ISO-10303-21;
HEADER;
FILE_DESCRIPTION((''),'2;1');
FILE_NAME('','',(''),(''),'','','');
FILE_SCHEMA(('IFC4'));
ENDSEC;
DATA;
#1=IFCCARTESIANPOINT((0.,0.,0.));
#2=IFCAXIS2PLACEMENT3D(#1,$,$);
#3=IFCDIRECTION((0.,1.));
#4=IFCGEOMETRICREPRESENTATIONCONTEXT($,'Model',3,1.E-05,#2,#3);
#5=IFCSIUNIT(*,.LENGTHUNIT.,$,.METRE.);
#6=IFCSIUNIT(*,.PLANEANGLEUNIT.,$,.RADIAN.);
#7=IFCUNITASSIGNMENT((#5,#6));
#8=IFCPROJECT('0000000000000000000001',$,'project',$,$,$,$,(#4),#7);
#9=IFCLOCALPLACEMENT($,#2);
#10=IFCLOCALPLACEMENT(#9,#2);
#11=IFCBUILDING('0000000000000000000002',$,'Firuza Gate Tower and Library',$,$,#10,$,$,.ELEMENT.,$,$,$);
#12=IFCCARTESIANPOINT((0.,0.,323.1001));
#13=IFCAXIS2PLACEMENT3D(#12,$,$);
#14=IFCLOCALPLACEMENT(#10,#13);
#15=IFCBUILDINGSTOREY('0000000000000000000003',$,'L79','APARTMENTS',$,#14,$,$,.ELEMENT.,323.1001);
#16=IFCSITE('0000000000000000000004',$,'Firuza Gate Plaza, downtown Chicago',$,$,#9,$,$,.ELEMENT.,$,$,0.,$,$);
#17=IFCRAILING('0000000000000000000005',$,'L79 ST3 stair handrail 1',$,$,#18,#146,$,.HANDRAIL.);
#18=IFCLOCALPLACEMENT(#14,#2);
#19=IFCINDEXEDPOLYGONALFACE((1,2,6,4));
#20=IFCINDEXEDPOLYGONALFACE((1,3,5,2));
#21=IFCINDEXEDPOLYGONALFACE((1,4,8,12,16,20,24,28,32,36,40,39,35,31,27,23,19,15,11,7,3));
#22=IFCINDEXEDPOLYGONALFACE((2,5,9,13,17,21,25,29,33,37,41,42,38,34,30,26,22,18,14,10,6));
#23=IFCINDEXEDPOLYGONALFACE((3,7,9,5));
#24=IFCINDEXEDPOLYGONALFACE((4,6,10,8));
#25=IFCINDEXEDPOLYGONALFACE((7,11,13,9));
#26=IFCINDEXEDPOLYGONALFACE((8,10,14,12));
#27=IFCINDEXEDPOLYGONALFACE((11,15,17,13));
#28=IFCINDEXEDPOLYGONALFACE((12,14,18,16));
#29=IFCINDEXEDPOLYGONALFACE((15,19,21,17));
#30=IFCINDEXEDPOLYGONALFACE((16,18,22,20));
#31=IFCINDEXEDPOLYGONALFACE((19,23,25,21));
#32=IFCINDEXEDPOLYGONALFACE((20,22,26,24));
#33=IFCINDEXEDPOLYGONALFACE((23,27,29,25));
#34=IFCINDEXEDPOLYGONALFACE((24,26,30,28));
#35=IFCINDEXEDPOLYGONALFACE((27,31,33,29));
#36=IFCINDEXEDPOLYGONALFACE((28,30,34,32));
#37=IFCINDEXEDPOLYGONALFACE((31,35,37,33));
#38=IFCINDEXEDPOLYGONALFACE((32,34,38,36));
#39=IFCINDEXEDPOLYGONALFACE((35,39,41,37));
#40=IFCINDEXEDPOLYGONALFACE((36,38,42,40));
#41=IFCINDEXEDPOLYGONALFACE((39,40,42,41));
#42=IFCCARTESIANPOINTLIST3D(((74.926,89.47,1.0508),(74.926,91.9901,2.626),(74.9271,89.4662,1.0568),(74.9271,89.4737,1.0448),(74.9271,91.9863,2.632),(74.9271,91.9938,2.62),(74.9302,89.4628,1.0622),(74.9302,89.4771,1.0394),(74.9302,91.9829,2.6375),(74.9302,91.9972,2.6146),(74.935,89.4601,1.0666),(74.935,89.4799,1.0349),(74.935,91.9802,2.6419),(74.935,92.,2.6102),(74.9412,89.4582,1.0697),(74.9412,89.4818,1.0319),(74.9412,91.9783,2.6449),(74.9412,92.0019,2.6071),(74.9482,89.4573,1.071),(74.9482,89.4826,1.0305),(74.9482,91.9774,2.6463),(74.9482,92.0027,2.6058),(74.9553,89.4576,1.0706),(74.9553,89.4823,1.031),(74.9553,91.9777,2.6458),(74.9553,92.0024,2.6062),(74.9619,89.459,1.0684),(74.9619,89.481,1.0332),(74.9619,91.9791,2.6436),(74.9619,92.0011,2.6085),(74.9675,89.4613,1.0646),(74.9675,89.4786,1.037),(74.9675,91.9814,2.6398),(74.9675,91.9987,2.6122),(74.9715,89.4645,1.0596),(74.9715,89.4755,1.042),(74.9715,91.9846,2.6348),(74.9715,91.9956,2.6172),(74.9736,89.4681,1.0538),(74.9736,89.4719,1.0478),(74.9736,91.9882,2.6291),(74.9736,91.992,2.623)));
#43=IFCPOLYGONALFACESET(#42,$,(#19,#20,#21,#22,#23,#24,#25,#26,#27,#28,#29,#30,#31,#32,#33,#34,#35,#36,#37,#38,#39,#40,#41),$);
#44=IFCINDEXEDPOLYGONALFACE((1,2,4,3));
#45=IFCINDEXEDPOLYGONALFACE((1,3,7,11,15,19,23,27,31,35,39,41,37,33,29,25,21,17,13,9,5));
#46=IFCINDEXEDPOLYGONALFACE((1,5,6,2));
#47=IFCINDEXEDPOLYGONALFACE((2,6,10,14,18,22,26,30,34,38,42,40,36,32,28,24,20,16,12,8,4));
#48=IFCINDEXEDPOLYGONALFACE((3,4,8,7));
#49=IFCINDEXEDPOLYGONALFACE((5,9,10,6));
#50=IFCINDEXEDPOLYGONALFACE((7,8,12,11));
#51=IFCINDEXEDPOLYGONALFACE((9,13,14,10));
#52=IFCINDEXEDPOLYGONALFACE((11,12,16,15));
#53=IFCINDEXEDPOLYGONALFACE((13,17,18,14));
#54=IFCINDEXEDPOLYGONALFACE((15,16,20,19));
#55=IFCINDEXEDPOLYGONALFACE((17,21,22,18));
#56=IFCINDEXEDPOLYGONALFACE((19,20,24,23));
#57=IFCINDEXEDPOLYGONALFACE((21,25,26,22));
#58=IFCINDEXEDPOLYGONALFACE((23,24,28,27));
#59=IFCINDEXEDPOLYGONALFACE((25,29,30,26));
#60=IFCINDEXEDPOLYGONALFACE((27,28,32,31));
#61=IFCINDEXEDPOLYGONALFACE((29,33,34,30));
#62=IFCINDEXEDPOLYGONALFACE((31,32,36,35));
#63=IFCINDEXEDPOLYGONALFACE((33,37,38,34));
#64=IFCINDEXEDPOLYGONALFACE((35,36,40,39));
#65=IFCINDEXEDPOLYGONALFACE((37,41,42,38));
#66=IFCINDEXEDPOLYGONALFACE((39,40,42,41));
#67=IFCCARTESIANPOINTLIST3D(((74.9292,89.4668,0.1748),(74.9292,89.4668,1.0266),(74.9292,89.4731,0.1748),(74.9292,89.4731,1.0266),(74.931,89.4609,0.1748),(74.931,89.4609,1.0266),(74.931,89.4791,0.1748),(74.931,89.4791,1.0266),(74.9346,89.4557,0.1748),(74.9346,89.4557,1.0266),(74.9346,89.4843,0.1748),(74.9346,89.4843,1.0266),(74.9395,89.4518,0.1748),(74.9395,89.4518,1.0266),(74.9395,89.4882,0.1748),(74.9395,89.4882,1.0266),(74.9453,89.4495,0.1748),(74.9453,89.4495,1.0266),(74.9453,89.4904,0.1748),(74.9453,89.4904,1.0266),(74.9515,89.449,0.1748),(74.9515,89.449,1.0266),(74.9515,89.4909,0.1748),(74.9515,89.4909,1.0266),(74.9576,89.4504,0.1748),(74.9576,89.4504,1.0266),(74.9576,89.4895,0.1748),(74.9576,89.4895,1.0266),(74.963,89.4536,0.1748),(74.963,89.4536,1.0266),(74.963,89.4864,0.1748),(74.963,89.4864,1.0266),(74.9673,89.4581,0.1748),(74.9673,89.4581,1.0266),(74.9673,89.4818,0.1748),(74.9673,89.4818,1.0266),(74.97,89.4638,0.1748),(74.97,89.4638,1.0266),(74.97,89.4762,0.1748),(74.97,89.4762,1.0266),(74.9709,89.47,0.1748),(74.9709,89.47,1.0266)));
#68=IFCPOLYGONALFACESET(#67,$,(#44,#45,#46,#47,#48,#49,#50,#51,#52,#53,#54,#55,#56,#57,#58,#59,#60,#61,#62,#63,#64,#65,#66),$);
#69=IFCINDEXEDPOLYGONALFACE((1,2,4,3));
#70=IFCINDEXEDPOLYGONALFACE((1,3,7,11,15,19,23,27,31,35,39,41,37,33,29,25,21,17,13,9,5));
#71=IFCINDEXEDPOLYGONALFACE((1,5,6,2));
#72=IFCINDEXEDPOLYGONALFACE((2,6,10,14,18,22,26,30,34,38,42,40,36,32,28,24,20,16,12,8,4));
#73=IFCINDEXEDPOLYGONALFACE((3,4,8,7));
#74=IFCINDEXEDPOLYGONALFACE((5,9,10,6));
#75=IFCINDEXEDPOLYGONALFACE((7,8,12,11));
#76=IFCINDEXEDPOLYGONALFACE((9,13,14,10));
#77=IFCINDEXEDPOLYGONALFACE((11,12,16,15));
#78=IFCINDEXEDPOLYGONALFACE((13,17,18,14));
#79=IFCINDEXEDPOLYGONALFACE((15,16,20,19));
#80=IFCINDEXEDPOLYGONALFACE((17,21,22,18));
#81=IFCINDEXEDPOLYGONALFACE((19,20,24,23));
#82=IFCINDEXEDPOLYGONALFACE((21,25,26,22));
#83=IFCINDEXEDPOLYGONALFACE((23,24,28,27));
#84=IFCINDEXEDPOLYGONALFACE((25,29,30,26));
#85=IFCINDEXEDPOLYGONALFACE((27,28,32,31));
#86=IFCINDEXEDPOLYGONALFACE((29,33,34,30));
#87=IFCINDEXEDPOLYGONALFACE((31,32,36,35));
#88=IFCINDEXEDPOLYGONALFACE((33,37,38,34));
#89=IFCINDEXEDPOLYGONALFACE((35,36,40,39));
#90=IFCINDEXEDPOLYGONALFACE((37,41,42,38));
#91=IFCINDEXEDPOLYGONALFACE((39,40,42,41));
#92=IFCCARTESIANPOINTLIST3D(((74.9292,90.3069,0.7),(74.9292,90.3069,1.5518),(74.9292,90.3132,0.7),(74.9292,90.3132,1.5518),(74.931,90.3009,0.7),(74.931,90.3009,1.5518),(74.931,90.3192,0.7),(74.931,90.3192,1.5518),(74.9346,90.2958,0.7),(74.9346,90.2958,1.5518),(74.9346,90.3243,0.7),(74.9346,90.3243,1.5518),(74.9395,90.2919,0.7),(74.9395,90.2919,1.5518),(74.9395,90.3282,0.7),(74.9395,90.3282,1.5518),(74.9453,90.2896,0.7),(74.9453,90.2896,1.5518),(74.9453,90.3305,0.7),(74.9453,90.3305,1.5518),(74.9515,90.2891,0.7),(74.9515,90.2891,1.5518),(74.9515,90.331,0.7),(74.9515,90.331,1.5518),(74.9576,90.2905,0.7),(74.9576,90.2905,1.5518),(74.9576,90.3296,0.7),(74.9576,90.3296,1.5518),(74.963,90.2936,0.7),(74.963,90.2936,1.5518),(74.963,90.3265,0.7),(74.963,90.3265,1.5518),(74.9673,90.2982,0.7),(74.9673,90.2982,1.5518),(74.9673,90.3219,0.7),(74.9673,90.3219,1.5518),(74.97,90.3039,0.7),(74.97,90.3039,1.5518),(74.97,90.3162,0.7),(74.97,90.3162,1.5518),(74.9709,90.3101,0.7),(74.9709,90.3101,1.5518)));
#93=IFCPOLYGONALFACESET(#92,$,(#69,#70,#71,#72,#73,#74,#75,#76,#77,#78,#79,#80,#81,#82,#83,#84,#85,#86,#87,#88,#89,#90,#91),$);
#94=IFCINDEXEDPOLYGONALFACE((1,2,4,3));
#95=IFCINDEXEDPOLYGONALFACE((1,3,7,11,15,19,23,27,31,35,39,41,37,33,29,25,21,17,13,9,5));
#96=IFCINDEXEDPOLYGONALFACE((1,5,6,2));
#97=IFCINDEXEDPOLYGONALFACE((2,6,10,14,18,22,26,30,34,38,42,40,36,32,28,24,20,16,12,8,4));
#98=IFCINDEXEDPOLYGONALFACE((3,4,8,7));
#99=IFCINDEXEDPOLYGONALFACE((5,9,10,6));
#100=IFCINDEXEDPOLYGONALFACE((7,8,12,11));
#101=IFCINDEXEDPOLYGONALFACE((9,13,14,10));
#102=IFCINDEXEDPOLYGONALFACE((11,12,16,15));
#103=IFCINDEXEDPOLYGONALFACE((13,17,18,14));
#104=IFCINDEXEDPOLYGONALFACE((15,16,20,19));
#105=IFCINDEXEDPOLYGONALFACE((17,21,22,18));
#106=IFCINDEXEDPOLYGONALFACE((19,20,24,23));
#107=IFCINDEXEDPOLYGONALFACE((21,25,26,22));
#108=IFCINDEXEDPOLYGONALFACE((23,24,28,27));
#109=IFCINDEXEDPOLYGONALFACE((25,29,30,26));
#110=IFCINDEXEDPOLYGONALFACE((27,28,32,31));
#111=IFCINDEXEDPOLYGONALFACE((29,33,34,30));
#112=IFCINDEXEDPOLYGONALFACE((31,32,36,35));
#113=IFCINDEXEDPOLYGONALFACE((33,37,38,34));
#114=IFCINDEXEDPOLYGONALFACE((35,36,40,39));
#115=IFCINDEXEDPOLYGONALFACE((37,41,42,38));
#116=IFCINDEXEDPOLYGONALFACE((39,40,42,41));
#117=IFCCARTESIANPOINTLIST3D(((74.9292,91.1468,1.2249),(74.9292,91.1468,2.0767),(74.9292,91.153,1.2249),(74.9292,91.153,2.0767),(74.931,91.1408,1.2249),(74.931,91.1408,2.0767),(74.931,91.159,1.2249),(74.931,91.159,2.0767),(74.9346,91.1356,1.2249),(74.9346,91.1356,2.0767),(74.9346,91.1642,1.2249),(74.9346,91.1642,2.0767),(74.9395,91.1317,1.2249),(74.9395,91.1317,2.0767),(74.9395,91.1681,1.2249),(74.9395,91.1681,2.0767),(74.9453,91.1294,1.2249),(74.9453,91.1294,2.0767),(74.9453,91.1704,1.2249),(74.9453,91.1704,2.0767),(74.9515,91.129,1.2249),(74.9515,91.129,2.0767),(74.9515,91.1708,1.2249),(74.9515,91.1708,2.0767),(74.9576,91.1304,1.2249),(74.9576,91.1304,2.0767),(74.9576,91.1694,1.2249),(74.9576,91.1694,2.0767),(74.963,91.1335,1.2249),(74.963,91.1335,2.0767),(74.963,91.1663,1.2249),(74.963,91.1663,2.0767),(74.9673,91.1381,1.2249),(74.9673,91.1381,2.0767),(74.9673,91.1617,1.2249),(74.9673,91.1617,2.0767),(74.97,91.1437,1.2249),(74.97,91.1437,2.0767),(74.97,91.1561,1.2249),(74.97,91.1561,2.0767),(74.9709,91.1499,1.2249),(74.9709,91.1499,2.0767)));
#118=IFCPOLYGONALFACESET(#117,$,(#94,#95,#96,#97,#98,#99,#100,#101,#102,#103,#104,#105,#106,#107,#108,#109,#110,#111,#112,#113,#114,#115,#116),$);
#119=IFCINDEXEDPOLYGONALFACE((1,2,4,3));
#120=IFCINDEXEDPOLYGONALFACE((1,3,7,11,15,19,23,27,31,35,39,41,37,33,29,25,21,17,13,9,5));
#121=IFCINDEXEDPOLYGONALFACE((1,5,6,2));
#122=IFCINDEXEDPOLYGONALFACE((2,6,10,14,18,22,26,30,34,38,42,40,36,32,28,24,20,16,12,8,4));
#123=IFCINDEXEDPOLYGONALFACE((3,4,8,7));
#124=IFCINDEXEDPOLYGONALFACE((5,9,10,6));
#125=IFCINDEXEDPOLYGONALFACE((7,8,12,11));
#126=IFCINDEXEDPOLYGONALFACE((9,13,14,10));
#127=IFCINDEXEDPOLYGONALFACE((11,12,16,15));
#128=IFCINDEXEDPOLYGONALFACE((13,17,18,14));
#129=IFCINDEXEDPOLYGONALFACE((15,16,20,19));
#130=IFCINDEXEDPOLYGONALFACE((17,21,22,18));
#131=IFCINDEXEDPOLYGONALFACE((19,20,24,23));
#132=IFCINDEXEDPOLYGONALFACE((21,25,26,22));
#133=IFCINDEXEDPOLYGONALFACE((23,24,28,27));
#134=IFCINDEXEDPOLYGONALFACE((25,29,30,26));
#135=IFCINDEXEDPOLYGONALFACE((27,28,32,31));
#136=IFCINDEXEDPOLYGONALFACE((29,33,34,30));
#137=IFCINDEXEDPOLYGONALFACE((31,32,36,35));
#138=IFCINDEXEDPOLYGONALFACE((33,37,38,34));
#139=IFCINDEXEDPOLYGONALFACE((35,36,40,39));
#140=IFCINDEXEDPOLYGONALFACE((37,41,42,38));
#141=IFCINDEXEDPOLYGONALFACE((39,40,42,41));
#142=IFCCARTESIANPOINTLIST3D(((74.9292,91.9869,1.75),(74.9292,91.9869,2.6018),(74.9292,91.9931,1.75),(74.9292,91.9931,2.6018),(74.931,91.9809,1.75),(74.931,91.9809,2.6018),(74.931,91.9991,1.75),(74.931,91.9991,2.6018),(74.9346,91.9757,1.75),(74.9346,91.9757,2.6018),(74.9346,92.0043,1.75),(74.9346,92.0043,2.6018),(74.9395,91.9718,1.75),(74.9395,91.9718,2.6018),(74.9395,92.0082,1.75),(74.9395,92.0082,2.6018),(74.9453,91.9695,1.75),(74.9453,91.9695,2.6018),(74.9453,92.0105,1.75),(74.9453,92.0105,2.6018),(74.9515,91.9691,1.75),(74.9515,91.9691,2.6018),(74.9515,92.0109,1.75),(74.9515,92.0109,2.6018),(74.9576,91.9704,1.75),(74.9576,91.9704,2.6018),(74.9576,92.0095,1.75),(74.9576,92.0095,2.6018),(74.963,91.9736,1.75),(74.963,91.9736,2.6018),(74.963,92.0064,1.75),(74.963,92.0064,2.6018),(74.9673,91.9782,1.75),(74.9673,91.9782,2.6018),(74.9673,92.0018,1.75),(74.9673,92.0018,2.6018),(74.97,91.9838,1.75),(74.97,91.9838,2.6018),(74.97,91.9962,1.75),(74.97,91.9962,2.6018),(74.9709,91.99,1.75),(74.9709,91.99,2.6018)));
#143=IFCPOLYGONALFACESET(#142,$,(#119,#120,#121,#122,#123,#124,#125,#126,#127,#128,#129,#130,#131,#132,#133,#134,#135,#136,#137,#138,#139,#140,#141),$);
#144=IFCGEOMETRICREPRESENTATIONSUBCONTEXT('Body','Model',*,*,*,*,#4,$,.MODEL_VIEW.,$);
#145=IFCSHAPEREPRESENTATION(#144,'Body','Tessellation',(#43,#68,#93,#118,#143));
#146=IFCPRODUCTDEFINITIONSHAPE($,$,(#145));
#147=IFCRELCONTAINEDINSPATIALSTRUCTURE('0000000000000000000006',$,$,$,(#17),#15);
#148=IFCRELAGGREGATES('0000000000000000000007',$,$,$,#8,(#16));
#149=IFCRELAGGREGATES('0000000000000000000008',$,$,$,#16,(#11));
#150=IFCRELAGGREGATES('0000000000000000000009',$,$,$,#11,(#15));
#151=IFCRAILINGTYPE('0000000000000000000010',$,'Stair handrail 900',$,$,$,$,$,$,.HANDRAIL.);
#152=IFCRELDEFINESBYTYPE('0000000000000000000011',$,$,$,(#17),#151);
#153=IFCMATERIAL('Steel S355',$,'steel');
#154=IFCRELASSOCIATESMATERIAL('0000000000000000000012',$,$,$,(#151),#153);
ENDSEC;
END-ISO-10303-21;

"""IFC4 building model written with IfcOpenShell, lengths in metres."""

from ifc_helpers import new_model, si_unit, direction, frame, origin, origin_2d, place, context, subcontext, project, spatial, circle, extrude, material, type_object, element, save


model = new_model("IFC4")

# Units and contexts
model_context = context("Model", 3, precision=1e-05, world=origin(), true_north=direction((0.0, 1.0)))
body_context = subcontext(model_context, "Body", "Model", "MODEL_VIEW")
ifc_project = project(units=[si_unit("LENGTHUNIT", "METRE"), si_unit("PLANEANGLEUNIT", "RADIAN")], contexts=[model_context])

# Site, building, storey
site_placement = place(None, origin())
site = spatial("IfcSite", under=ifc_project, at=site_placement, Name="Firuza Gate Plaza, downtown Chicago", CompositionType="ELEMENT", RefElevation=0.0)
building_placement = place(site_placement, origin())
building = spatial("IfcBuilding", under=site, at=building_placement, Name="Firuza Gate Tower and Library", CompositionType="ELEMENT")
storey_placement = place(building_placement, frame((0.0, 0.0, 323.1001)))
storey = spatial("IfcBuildingStorey", under=building, at=storey_placement, Name="L79", Description="APARTMENTS", CompositionType="ELEMENT", Elevation=323.1001)

# Railing
ifc_material_1 = material(Name="Steel S355", Category="steel")
railing_type_1 = type_object("IfcRailingType", Name="Stair handrail 900", PredefinedType="HANDRAIL", material=ifc_material_1)
railing_1_placement = place(storey_placement, frame((74.95, 89.47, 0.1748)))
element("IfcRailing", 1, at=railing_1_placement, inside=storey, type_object=railing_type_1, Name="L79 ST3 stair handrail 1", PredefinedType="HANDRAIL", context=body_context, shape_type="SweptSolid", body=[
    extrude(circle(Radius=0.0239, at=origin_2d()), frame((0.0, 0.0, 0.876), z_axis=(0.0, 0.847971, 0.530043), x_axis=(-1.0, 0.0, 0.0)), (0.0, 0.0, 1.0), 2.9719),
    extrude(circle(Radius=0.021, at=origin_2d()), origin(), (0.0, 0.0, 1.0), 0.8518),
    extrude(circle(Radius=0.021, at=origin_2d()), frame((0.0, 0.8401, 0.5251)), (0.0, 0.0, 1.0), 0.8518),
    extrude(circle(Radius=0.021, at=origin_2d()), frame((0.0, 1.6799, 1.05)), (0.0, 0.0, 1.0), 0.8518),
    extrude(circle(Radius=0.021, at=origin_2d()), frame((0.0, 2.52, 1.5752)), (0.0, 0.0, 1.0), 0.8518),
])

save(model, "model.ifc")
